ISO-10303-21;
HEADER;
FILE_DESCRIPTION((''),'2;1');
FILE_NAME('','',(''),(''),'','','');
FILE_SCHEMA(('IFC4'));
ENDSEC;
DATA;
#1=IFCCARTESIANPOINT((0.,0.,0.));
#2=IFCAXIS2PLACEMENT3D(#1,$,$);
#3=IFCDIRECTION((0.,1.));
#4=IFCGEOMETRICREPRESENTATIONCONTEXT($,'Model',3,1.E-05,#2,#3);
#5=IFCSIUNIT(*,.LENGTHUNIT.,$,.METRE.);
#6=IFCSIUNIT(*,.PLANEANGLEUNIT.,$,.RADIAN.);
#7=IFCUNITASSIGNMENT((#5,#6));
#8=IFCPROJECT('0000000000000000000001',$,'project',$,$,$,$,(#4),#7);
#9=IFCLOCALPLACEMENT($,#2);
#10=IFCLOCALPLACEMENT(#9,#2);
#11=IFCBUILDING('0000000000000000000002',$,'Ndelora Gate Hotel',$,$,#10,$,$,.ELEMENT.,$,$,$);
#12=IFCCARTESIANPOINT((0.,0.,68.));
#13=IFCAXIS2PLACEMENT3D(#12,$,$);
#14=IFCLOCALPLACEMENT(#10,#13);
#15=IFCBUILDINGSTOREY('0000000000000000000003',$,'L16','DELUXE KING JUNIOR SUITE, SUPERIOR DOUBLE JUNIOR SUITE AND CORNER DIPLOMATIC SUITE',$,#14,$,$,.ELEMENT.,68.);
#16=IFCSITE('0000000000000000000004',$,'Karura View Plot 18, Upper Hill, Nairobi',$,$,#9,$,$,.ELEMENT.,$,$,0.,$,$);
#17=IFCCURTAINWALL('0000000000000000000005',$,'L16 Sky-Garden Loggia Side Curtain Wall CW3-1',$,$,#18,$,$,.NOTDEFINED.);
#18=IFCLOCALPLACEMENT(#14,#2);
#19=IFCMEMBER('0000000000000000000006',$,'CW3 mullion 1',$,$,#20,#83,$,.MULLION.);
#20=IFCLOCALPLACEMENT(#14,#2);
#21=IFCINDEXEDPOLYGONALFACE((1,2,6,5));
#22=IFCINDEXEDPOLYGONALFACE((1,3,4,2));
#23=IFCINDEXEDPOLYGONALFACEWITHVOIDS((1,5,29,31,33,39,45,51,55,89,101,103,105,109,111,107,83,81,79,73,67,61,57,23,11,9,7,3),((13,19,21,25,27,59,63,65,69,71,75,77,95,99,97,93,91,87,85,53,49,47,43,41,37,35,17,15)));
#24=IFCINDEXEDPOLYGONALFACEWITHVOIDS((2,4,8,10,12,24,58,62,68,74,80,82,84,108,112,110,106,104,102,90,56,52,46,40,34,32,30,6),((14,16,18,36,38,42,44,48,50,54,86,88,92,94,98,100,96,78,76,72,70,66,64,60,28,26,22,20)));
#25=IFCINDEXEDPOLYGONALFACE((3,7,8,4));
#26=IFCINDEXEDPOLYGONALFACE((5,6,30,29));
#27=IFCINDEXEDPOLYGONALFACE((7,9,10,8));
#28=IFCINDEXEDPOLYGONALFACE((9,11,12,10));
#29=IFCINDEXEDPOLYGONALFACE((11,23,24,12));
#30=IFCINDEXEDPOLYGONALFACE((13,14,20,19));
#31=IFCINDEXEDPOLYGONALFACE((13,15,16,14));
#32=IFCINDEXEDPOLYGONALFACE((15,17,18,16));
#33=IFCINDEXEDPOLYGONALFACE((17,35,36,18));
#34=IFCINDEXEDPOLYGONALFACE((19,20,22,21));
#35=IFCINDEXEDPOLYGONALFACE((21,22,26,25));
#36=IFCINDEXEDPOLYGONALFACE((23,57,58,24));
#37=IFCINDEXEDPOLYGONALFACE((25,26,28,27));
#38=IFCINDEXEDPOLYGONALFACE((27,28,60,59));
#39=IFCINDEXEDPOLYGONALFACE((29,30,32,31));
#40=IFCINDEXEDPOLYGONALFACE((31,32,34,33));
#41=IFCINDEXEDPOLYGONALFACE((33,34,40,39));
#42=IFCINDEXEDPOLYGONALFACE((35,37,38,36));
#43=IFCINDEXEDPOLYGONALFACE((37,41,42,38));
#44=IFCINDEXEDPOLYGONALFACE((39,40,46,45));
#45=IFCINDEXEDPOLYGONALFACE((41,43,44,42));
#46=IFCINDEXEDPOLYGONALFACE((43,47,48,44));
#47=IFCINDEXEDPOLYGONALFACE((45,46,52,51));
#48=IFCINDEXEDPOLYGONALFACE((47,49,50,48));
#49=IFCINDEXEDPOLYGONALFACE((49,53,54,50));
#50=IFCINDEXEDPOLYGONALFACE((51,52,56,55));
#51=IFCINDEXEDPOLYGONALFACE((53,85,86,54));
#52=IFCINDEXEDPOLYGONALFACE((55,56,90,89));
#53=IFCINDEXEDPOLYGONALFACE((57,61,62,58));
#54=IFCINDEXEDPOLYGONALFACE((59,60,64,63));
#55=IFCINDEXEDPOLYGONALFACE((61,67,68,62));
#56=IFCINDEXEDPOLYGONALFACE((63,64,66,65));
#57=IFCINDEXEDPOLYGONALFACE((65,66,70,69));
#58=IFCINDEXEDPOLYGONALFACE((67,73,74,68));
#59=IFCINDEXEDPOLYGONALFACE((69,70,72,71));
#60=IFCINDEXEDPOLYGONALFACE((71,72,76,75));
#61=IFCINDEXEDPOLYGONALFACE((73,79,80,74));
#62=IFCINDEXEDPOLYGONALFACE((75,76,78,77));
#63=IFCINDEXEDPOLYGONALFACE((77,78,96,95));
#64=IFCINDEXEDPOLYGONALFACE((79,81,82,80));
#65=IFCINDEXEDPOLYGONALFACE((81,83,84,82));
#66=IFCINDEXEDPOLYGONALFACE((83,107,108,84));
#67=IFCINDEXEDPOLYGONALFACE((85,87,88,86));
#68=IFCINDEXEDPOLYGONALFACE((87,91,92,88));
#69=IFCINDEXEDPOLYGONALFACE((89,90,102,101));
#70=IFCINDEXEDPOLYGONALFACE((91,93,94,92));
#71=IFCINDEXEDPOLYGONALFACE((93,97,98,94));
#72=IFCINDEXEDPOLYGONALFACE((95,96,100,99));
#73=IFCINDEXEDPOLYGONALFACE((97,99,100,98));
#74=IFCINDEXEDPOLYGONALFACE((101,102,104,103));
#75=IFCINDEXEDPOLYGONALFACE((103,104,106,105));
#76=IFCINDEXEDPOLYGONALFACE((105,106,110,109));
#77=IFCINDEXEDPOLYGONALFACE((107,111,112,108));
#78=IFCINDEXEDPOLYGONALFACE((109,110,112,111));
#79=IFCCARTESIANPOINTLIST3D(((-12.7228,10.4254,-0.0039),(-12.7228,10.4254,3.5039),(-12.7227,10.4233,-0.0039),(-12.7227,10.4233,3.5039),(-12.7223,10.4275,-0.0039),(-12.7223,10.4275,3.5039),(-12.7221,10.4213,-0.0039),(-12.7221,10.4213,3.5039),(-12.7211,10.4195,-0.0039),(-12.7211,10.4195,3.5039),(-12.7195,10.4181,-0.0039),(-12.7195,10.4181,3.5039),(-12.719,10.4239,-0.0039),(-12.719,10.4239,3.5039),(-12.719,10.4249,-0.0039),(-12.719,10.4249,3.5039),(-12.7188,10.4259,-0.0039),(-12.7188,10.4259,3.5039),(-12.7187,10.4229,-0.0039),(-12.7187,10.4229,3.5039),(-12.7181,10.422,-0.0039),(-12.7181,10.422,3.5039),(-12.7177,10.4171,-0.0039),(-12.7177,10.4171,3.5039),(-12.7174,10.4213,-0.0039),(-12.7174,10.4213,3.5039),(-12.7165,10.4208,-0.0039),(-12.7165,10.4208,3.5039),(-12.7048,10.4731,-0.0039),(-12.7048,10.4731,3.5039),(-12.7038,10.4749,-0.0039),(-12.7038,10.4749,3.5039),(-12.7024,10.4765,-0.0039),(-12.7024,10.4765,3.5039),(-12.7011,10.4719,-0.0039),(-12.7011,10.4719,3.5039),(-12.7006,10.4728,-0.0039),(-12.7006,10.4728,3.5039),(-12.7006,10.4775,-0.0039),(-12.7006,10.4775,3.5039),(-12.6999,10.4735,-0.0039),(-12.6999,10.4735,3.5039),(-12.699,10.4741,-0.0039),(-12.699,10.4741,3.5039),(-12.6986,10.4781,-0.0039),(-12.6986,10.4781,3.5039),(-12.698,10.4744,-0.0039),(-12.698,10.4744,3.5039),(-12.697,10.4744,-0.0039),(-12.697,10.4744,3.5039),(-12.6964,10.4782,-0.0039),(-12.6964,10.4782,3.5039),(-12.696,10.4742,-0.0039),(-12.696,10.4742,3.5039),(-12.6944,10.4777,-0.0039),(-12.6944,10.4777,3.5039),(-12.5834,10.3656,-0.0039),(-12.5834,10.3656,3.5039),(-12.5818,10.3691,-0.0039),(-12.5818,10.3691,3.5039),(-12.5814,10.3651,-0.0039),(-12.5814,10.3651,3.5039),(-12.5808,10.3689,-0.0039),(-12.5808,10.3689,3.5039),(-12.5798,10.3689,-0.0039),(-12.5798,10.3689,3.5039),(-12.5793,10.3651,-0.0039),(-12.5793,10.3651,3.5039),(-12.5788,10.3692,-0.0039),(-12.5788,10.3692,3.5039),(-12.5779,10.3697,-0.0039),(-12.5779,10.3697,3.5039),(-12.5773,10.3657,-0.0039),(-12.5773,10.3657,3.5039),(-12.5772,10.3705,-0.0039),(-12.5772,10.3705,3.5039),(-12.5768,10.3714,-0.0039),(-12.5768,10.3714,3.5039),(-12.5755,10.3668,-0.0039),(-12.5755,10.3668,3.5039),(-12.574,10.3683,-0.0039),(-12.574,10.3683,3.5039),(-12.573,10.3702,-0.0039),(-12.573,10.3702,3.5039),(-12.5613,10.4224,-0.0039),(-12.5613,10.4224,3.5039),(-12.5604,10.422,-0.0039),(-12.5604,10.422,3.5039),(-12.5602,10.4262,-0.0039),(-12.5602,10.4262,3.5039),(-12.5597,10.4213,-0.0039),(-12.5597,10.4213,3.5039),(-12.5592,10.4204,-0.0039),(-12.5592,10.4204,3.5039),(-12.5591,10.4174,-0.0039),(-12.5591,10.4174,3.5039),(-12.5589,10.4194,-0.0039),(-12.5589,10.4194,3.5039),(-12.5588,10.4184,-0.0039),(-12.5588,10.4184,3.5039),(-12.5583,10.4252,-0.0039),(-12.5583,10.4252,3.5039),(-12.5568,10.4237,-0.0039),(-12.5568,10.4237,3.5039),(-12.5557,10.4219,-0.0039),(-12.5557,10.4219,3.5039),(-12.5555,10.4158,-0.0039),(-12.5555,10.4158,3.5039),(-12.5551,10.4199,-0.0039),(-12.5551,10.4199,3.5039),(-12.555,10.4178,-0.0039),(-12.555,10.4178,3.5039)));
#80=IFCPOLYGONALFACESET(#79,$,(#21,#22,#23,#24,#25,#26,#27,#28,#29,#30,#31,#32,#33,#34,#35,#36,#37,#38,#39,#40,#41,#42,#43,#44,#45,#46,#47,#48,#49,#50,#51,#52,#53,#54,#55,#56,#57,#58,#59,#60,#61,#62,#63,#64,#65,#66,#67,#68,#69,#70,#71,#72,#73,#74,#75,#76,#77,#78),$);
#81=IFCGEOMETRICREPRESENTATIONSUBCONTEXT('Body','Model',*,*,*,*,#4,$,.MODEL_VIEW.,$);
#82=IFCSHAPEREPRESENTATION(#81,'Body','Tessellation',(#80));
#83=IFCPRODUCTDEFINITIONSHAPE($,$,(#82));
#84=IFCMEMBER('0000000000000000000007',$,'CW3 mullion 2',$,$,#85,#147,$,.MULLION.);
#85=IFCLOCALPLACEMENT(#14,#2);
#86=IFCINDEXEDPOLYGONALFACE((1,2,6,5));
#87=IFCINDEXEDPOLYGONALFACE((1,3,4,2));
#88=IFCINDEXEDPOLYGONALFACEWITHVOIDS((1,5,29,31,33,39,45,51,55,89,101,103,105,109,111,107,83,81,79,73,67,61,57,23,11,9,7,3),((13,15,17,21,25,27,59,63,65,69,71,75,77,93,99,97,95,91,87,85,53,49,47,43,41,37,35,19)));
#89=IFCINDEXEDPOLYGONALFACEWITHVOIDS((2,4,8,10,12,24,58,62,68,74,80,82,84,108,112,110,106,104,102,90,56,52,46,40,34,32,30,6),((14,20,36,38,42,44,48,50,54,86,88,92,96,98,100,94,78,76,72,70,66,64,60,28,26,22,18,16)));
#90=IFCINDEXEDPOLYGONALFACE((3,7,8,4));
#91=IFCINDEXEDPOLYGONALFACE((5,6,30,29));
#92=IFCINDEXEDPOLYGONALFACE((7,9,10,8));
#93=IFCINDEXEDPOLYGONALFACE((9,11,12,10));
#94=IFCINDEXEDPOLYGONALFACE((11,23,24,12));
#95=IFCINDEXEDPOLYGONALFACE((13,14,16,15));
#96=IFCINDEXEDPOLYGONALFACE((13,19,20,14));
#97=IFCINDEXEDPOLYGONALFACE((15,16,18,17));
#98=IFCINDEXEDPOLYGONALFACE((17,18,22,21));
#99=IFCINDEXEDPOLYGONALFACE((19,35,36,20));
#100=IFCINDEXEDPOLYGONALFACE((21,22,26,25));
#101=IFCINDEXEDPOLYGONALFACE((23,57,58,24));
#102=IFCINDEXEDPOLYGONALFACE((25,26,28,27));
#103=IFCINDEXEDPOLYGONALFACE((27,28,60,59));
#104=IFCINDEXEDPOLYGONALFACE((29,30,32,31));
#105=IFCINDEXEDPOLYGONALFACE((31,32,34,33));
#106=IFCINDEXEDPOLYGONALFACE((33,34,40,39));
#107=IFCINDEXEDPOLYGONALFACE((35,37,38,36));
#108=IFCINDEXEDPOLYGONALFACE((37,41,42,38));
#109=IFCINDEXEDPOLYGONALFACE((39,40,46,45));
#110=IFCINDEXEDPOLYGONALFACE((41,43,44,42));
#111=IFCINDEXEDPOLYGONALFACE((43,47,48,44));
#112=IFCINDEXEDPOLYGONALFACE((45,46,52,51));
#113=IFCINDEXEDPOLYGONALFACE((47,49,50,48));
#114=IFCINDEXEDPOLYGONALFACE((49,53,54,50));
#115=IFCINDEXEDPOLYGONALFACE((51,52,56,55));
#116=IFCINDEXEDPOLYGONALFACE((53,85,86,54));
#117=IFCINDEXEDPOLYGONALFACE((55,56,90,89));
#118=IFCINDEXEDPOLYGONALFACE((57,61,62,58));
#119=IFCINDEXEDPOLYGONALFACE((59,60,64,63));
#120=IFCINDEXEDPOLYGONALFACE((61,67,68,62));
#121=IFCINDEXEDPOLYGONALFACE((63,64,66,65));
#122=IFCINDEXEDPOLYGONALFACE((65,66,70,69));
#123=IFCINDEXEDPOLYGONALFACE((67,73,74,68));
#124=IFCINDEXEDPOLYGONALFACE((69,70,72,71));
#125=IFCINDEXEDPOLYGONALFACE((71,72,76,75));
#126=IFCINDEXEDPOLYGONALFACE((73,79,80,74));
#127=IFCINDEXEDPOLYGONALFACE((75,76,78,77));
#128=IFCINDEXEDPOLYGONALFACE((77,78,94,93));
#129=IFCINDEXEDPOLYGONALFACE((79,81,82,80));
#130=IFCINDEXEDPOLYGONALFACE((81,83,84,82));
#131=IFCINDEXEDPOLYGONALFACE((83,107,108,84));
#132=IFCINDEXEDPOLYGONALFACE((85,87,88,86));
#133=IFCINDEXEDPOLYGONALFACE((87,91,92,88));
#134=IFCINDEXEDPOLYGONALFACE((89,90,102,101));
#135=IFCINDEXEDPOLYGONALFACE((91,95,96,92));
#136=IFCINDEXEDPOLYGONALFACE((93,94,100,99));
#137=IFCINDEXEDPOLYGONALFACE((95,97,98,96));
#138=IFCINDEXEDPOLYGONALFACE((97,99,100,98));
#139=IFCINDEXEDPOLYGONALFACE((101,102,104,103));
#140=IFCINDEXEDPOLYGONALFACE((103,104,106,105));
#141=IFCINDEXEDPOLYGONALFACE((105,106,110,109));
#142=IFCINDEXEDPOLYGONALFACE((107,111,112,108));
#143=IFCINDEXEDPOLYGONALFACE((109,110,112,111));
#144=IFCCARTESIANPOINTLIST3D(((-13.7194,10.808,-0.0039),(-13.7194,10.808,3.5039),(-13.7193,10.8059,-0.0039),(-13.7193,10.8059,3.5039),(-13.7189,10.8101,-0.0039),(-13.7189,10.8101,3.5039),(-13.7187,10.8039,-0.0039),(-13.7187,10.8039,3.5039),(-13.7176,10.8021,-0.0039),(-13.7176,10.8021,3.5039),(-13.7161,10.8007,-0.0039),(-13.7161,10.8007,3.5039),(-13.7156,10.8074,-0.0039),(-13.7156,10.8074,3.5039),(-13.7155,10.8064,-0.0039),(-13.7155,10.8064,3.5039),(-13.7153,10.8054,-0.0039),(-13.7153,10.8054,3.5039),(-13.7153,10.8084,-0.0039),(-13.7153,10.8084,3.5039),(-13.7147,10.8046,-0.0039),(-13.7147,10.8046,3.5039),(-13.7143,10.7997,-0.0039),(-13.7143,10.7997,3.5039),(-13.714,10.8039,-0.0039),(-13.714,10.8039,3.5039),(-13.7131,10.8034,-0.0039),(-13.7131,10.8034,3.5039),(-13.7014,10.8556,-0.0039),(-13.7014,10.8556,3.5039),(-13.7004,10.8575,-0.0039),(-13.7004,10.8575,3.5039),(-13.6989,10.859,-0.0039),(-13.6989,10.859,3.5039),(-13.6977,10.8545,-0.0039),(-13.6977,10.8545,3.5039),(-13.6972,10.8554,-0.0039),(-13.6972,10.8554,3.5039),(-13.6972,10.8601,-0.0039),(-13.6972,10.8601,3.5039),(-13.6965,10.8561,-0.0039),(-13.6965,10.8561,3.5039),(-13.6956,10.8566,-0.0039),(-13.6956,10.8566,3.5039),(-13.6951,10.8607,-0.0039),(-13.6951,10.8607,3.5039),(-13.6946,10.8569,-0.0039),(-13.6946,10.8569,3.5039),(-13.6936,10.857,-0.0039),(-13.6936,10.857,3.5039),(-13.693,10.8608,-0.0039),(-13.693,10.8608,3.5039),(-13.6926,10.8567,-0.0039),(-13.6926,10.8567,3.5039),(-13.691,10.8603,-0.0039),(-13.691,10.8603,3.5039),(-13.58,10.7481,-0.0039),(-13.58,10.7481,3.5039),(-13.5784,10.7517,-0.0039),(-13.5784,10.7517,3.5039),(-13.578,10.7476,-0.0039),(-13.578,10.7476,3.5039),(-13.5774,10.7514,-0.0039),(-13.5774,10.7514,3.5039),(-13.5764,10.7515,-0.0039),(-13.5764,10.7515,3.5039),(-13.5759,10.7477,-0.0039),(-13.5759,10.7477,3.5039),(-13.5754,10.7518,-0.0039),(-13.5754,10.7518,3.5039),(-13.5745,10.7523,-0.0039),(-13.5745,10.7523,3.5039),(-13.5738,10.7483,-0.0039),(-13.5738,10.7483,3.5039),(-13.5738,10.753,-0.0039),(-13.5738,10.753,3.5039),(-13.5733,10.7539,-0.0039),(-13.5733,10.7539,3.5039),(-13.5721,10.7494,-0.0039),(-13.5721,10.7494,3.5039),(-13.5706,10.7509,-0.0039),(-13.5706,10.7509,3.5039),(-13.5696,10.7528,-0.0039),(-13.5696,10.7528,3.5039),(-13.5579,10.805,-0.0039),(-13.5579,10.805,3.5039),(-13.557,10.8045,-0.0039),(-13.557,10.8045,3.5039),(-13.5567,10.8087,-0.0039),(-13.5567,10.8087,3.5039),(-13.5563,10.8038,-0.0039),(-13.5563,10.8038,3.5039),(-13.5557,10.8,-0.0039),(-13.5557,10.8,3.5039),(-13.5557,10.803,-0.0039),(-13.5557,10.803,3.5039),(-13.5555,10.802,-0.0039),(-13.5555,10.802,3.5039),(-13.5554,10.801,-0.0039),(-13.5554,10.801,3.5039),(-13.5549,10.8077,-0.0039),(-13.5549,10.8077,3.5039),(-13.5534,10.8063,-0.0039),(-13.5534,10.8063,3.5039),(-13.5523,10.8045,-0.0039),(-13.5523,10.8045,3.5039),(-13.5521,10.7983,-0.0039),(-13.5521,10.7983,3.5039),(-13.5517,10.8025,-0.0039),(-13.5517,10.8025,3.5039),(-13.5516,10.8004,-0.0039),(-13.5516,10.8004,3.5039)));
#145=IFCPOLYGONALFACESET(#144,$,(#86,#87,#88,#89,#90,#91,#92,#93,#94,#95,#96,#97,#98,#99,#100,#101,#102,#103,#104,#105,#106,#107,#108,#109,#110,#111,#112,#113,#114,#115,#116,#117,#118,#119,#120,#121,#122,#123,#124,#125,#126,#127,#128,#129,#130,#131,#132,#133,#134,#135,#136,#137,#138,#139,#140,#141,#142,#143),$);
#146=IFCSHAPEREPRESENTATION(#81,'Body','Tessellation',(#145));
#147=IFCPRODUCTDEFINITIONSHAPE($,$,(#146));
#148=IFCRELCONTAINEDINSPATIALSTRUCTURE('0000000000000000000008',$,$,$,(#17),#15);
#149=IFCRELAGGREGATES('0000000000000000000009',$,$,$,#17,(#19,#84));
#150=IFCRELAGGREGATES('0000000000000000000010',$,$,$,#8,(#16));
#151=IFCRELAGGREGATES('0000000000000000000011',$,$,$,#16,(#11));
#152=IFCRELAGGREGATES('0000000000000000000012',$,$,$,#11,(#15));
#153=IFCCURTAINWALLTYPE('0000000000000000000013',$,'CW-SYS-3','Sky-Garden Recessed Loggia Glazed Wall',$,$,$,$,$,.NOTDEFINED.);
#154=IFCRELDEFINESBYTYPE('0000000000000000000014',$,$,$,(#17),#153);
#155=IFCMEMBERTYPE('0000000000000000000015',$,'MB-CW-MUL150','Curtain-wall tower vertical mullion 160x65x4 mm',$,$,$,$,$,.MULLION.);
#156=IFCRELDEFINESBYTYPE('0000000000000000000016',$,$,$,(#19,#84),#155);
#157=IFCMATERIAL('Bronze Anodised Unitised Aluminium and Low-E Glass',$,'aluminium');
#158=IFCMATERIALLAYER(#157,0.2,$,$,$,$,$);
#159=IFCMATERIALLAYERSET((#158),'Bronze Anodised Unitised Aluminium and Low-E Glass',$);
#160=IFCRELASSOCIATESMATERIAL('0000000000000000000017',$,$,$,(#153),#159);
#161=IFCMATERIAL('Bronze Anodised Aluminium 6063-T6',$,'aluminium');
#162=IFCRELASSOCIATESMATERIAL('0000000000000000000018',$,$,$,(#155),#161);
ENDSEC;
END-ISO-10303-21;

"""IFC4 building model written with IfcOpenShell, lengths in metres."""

from ifc_helpers import new_model, si_unit, direction, frame, origin, origin_2d, place, context, subcontext, project, spatial, hollow_rectangle, extrude, material, layer, layer_set, material_profile, profile_set, type_object, element, aggregate, save


model = new_model("IFC4")

# Units and contexts
model_context = context("Model", 3, precision=1e-05, world=origin(), true_north=direction((0.0, 1.0)))
body_context = subcontext(model_context, "Body", "Model", "MODEL_VIEW")
ifc_project = project(units=[si_unit("LENGTHUNIT", "METRE"), si_unit("PLANEANGLEUNIT", "RADIAN")], contexts=[model_context])

# Site, building, storey
site_placement = place(None, origin())
site = spatial("IfcSite", under=ifc_project, at=site_placement, Name="Karura View Plot 18, Upper Hill, Nairobi", CompositionType="ELEMENT", RefElevation=0.0)
building_placement = place(site_placement, origin())
building = spatial("IfcBuilding", under=site, at=building_placement, Name="Ndelora Gate Hotel", CompositionType="ELEMENT")
storey_placement = place(building_placement, frame((0.0, 0.0, 68.0)))
storey = spatial("IfcBuildingStorey", under=building, at=storey_placement, Name="L16", Description="DELUXE KING JUNIOR SUITE, SUPERIOR DOUBLE JUNIOR SUITE AND CORNER DIPLOMATIC SUITE", CompositionType="ELEMENT", Elevation=68.0)

# Curtain wall, members
ifc_material_1 = material(Name="Bronze Anodised Unitised Aluminium and Low-E Glass", Category="aluminium")
ifc_layer_1 = layer(ifc_material_1, 0.2)
ifc_layer_set_1 = layer_set([ifc_layer_1], Name="Bronze Anodised Unitised Aluminium and Low-E Glass")
curtain_wall_type = type_object("IfcCurtainWallType", Name="CW-SYS-3", Description="Sky-Garden Recessed Loggia Glazed Wall", PredefinedType="NOTDEFINED", material=ifc_layer_set_1)
curtain_wall_placement = place(storey_placement, origin())
curtain_wall = element("IfcCurtainWall", 1, at=curtain_wall_placement, inside=storey, type_object=curtain_wall_type, Name="L16 Sky-Garden Loggia Side Curtain Wall CW3-1", PredefinedType="NOTDEFINED")
ifc_material_2 = material(Name="Bronze Anodised Aluminium 6063-T6", Category="aluminium")
ifc_material_profile_1 = material_profile(ifc_material_2, hollow_rectangle(XDim=0.0649, YDim=0.1599, WallThickness=0.0039, InnerFilletRadius=0.0039, OuterFilletRadius=0.0081, at=origin_2d()), Name="ALU 160x65x4")
ifc_profile_set_1 = profile_set([ifc_material_profile_1], Name="Bronze Anodised Aluminium 6063-T6")
member_type_1 = type_object("IfcMemberType", Name="MB-CW-MUL150", Description="Curtain-wall tower vertical mullion 160x65x4 mm", PredefinedType="MULLION", material=ifc_profile_set_1)
member_1_placement = place(storey_placement, frame((-12.6389, 10.4216, -0.0039), z_axis=(0.0, 0.0, 1.0), x_axis=(-0.358361, -0.933583, 0.0)))
member_1 = element("IfcMember", 2, at=member_1_placement, type_object=member_type_1, Name="CW3 mullion 1", PredefinedType="MULLION", context=body_context, shape_type="SweptSolid", body=[
    extrude(hollow_rectangle(XDim=0.0649, YDim=0.1599, WallThickness=0.0039, InnerFilletRadius=0.0039, OuterFilletRadius=0.0081, at=origin_2d()), origin(), (0.0, 0.0, 1.0), 3.5078),
])
member_2_placement = place(storey_placement, frame((-13.6355, 10.8042, -0.0039), z_axis=(0.0, 0.0, 1.0), x_axis=(-0.358361, -0.933583, 0.0)))
member_2 = element("IfcMember", 3, at=member_2_placement, type_object=member_type_1, Name="CW3 mullion 2", PredefinedType="MULLION", context=body_context, shape_type="SweptSolid", body=[
    extrude(hollow_rectangle(XDim=0.0649, YDim=0.1599, WallThickness=0.0039, InnerFilletRadius=0.0039, OuterFilletRadius=0.0081, at=origin_2d()), origin(), (0.0, 0.0, 1.0), 3.5078),
])
aggregate(curtain_wall, [member_1, member_2])

save(model, "model.ifc")
